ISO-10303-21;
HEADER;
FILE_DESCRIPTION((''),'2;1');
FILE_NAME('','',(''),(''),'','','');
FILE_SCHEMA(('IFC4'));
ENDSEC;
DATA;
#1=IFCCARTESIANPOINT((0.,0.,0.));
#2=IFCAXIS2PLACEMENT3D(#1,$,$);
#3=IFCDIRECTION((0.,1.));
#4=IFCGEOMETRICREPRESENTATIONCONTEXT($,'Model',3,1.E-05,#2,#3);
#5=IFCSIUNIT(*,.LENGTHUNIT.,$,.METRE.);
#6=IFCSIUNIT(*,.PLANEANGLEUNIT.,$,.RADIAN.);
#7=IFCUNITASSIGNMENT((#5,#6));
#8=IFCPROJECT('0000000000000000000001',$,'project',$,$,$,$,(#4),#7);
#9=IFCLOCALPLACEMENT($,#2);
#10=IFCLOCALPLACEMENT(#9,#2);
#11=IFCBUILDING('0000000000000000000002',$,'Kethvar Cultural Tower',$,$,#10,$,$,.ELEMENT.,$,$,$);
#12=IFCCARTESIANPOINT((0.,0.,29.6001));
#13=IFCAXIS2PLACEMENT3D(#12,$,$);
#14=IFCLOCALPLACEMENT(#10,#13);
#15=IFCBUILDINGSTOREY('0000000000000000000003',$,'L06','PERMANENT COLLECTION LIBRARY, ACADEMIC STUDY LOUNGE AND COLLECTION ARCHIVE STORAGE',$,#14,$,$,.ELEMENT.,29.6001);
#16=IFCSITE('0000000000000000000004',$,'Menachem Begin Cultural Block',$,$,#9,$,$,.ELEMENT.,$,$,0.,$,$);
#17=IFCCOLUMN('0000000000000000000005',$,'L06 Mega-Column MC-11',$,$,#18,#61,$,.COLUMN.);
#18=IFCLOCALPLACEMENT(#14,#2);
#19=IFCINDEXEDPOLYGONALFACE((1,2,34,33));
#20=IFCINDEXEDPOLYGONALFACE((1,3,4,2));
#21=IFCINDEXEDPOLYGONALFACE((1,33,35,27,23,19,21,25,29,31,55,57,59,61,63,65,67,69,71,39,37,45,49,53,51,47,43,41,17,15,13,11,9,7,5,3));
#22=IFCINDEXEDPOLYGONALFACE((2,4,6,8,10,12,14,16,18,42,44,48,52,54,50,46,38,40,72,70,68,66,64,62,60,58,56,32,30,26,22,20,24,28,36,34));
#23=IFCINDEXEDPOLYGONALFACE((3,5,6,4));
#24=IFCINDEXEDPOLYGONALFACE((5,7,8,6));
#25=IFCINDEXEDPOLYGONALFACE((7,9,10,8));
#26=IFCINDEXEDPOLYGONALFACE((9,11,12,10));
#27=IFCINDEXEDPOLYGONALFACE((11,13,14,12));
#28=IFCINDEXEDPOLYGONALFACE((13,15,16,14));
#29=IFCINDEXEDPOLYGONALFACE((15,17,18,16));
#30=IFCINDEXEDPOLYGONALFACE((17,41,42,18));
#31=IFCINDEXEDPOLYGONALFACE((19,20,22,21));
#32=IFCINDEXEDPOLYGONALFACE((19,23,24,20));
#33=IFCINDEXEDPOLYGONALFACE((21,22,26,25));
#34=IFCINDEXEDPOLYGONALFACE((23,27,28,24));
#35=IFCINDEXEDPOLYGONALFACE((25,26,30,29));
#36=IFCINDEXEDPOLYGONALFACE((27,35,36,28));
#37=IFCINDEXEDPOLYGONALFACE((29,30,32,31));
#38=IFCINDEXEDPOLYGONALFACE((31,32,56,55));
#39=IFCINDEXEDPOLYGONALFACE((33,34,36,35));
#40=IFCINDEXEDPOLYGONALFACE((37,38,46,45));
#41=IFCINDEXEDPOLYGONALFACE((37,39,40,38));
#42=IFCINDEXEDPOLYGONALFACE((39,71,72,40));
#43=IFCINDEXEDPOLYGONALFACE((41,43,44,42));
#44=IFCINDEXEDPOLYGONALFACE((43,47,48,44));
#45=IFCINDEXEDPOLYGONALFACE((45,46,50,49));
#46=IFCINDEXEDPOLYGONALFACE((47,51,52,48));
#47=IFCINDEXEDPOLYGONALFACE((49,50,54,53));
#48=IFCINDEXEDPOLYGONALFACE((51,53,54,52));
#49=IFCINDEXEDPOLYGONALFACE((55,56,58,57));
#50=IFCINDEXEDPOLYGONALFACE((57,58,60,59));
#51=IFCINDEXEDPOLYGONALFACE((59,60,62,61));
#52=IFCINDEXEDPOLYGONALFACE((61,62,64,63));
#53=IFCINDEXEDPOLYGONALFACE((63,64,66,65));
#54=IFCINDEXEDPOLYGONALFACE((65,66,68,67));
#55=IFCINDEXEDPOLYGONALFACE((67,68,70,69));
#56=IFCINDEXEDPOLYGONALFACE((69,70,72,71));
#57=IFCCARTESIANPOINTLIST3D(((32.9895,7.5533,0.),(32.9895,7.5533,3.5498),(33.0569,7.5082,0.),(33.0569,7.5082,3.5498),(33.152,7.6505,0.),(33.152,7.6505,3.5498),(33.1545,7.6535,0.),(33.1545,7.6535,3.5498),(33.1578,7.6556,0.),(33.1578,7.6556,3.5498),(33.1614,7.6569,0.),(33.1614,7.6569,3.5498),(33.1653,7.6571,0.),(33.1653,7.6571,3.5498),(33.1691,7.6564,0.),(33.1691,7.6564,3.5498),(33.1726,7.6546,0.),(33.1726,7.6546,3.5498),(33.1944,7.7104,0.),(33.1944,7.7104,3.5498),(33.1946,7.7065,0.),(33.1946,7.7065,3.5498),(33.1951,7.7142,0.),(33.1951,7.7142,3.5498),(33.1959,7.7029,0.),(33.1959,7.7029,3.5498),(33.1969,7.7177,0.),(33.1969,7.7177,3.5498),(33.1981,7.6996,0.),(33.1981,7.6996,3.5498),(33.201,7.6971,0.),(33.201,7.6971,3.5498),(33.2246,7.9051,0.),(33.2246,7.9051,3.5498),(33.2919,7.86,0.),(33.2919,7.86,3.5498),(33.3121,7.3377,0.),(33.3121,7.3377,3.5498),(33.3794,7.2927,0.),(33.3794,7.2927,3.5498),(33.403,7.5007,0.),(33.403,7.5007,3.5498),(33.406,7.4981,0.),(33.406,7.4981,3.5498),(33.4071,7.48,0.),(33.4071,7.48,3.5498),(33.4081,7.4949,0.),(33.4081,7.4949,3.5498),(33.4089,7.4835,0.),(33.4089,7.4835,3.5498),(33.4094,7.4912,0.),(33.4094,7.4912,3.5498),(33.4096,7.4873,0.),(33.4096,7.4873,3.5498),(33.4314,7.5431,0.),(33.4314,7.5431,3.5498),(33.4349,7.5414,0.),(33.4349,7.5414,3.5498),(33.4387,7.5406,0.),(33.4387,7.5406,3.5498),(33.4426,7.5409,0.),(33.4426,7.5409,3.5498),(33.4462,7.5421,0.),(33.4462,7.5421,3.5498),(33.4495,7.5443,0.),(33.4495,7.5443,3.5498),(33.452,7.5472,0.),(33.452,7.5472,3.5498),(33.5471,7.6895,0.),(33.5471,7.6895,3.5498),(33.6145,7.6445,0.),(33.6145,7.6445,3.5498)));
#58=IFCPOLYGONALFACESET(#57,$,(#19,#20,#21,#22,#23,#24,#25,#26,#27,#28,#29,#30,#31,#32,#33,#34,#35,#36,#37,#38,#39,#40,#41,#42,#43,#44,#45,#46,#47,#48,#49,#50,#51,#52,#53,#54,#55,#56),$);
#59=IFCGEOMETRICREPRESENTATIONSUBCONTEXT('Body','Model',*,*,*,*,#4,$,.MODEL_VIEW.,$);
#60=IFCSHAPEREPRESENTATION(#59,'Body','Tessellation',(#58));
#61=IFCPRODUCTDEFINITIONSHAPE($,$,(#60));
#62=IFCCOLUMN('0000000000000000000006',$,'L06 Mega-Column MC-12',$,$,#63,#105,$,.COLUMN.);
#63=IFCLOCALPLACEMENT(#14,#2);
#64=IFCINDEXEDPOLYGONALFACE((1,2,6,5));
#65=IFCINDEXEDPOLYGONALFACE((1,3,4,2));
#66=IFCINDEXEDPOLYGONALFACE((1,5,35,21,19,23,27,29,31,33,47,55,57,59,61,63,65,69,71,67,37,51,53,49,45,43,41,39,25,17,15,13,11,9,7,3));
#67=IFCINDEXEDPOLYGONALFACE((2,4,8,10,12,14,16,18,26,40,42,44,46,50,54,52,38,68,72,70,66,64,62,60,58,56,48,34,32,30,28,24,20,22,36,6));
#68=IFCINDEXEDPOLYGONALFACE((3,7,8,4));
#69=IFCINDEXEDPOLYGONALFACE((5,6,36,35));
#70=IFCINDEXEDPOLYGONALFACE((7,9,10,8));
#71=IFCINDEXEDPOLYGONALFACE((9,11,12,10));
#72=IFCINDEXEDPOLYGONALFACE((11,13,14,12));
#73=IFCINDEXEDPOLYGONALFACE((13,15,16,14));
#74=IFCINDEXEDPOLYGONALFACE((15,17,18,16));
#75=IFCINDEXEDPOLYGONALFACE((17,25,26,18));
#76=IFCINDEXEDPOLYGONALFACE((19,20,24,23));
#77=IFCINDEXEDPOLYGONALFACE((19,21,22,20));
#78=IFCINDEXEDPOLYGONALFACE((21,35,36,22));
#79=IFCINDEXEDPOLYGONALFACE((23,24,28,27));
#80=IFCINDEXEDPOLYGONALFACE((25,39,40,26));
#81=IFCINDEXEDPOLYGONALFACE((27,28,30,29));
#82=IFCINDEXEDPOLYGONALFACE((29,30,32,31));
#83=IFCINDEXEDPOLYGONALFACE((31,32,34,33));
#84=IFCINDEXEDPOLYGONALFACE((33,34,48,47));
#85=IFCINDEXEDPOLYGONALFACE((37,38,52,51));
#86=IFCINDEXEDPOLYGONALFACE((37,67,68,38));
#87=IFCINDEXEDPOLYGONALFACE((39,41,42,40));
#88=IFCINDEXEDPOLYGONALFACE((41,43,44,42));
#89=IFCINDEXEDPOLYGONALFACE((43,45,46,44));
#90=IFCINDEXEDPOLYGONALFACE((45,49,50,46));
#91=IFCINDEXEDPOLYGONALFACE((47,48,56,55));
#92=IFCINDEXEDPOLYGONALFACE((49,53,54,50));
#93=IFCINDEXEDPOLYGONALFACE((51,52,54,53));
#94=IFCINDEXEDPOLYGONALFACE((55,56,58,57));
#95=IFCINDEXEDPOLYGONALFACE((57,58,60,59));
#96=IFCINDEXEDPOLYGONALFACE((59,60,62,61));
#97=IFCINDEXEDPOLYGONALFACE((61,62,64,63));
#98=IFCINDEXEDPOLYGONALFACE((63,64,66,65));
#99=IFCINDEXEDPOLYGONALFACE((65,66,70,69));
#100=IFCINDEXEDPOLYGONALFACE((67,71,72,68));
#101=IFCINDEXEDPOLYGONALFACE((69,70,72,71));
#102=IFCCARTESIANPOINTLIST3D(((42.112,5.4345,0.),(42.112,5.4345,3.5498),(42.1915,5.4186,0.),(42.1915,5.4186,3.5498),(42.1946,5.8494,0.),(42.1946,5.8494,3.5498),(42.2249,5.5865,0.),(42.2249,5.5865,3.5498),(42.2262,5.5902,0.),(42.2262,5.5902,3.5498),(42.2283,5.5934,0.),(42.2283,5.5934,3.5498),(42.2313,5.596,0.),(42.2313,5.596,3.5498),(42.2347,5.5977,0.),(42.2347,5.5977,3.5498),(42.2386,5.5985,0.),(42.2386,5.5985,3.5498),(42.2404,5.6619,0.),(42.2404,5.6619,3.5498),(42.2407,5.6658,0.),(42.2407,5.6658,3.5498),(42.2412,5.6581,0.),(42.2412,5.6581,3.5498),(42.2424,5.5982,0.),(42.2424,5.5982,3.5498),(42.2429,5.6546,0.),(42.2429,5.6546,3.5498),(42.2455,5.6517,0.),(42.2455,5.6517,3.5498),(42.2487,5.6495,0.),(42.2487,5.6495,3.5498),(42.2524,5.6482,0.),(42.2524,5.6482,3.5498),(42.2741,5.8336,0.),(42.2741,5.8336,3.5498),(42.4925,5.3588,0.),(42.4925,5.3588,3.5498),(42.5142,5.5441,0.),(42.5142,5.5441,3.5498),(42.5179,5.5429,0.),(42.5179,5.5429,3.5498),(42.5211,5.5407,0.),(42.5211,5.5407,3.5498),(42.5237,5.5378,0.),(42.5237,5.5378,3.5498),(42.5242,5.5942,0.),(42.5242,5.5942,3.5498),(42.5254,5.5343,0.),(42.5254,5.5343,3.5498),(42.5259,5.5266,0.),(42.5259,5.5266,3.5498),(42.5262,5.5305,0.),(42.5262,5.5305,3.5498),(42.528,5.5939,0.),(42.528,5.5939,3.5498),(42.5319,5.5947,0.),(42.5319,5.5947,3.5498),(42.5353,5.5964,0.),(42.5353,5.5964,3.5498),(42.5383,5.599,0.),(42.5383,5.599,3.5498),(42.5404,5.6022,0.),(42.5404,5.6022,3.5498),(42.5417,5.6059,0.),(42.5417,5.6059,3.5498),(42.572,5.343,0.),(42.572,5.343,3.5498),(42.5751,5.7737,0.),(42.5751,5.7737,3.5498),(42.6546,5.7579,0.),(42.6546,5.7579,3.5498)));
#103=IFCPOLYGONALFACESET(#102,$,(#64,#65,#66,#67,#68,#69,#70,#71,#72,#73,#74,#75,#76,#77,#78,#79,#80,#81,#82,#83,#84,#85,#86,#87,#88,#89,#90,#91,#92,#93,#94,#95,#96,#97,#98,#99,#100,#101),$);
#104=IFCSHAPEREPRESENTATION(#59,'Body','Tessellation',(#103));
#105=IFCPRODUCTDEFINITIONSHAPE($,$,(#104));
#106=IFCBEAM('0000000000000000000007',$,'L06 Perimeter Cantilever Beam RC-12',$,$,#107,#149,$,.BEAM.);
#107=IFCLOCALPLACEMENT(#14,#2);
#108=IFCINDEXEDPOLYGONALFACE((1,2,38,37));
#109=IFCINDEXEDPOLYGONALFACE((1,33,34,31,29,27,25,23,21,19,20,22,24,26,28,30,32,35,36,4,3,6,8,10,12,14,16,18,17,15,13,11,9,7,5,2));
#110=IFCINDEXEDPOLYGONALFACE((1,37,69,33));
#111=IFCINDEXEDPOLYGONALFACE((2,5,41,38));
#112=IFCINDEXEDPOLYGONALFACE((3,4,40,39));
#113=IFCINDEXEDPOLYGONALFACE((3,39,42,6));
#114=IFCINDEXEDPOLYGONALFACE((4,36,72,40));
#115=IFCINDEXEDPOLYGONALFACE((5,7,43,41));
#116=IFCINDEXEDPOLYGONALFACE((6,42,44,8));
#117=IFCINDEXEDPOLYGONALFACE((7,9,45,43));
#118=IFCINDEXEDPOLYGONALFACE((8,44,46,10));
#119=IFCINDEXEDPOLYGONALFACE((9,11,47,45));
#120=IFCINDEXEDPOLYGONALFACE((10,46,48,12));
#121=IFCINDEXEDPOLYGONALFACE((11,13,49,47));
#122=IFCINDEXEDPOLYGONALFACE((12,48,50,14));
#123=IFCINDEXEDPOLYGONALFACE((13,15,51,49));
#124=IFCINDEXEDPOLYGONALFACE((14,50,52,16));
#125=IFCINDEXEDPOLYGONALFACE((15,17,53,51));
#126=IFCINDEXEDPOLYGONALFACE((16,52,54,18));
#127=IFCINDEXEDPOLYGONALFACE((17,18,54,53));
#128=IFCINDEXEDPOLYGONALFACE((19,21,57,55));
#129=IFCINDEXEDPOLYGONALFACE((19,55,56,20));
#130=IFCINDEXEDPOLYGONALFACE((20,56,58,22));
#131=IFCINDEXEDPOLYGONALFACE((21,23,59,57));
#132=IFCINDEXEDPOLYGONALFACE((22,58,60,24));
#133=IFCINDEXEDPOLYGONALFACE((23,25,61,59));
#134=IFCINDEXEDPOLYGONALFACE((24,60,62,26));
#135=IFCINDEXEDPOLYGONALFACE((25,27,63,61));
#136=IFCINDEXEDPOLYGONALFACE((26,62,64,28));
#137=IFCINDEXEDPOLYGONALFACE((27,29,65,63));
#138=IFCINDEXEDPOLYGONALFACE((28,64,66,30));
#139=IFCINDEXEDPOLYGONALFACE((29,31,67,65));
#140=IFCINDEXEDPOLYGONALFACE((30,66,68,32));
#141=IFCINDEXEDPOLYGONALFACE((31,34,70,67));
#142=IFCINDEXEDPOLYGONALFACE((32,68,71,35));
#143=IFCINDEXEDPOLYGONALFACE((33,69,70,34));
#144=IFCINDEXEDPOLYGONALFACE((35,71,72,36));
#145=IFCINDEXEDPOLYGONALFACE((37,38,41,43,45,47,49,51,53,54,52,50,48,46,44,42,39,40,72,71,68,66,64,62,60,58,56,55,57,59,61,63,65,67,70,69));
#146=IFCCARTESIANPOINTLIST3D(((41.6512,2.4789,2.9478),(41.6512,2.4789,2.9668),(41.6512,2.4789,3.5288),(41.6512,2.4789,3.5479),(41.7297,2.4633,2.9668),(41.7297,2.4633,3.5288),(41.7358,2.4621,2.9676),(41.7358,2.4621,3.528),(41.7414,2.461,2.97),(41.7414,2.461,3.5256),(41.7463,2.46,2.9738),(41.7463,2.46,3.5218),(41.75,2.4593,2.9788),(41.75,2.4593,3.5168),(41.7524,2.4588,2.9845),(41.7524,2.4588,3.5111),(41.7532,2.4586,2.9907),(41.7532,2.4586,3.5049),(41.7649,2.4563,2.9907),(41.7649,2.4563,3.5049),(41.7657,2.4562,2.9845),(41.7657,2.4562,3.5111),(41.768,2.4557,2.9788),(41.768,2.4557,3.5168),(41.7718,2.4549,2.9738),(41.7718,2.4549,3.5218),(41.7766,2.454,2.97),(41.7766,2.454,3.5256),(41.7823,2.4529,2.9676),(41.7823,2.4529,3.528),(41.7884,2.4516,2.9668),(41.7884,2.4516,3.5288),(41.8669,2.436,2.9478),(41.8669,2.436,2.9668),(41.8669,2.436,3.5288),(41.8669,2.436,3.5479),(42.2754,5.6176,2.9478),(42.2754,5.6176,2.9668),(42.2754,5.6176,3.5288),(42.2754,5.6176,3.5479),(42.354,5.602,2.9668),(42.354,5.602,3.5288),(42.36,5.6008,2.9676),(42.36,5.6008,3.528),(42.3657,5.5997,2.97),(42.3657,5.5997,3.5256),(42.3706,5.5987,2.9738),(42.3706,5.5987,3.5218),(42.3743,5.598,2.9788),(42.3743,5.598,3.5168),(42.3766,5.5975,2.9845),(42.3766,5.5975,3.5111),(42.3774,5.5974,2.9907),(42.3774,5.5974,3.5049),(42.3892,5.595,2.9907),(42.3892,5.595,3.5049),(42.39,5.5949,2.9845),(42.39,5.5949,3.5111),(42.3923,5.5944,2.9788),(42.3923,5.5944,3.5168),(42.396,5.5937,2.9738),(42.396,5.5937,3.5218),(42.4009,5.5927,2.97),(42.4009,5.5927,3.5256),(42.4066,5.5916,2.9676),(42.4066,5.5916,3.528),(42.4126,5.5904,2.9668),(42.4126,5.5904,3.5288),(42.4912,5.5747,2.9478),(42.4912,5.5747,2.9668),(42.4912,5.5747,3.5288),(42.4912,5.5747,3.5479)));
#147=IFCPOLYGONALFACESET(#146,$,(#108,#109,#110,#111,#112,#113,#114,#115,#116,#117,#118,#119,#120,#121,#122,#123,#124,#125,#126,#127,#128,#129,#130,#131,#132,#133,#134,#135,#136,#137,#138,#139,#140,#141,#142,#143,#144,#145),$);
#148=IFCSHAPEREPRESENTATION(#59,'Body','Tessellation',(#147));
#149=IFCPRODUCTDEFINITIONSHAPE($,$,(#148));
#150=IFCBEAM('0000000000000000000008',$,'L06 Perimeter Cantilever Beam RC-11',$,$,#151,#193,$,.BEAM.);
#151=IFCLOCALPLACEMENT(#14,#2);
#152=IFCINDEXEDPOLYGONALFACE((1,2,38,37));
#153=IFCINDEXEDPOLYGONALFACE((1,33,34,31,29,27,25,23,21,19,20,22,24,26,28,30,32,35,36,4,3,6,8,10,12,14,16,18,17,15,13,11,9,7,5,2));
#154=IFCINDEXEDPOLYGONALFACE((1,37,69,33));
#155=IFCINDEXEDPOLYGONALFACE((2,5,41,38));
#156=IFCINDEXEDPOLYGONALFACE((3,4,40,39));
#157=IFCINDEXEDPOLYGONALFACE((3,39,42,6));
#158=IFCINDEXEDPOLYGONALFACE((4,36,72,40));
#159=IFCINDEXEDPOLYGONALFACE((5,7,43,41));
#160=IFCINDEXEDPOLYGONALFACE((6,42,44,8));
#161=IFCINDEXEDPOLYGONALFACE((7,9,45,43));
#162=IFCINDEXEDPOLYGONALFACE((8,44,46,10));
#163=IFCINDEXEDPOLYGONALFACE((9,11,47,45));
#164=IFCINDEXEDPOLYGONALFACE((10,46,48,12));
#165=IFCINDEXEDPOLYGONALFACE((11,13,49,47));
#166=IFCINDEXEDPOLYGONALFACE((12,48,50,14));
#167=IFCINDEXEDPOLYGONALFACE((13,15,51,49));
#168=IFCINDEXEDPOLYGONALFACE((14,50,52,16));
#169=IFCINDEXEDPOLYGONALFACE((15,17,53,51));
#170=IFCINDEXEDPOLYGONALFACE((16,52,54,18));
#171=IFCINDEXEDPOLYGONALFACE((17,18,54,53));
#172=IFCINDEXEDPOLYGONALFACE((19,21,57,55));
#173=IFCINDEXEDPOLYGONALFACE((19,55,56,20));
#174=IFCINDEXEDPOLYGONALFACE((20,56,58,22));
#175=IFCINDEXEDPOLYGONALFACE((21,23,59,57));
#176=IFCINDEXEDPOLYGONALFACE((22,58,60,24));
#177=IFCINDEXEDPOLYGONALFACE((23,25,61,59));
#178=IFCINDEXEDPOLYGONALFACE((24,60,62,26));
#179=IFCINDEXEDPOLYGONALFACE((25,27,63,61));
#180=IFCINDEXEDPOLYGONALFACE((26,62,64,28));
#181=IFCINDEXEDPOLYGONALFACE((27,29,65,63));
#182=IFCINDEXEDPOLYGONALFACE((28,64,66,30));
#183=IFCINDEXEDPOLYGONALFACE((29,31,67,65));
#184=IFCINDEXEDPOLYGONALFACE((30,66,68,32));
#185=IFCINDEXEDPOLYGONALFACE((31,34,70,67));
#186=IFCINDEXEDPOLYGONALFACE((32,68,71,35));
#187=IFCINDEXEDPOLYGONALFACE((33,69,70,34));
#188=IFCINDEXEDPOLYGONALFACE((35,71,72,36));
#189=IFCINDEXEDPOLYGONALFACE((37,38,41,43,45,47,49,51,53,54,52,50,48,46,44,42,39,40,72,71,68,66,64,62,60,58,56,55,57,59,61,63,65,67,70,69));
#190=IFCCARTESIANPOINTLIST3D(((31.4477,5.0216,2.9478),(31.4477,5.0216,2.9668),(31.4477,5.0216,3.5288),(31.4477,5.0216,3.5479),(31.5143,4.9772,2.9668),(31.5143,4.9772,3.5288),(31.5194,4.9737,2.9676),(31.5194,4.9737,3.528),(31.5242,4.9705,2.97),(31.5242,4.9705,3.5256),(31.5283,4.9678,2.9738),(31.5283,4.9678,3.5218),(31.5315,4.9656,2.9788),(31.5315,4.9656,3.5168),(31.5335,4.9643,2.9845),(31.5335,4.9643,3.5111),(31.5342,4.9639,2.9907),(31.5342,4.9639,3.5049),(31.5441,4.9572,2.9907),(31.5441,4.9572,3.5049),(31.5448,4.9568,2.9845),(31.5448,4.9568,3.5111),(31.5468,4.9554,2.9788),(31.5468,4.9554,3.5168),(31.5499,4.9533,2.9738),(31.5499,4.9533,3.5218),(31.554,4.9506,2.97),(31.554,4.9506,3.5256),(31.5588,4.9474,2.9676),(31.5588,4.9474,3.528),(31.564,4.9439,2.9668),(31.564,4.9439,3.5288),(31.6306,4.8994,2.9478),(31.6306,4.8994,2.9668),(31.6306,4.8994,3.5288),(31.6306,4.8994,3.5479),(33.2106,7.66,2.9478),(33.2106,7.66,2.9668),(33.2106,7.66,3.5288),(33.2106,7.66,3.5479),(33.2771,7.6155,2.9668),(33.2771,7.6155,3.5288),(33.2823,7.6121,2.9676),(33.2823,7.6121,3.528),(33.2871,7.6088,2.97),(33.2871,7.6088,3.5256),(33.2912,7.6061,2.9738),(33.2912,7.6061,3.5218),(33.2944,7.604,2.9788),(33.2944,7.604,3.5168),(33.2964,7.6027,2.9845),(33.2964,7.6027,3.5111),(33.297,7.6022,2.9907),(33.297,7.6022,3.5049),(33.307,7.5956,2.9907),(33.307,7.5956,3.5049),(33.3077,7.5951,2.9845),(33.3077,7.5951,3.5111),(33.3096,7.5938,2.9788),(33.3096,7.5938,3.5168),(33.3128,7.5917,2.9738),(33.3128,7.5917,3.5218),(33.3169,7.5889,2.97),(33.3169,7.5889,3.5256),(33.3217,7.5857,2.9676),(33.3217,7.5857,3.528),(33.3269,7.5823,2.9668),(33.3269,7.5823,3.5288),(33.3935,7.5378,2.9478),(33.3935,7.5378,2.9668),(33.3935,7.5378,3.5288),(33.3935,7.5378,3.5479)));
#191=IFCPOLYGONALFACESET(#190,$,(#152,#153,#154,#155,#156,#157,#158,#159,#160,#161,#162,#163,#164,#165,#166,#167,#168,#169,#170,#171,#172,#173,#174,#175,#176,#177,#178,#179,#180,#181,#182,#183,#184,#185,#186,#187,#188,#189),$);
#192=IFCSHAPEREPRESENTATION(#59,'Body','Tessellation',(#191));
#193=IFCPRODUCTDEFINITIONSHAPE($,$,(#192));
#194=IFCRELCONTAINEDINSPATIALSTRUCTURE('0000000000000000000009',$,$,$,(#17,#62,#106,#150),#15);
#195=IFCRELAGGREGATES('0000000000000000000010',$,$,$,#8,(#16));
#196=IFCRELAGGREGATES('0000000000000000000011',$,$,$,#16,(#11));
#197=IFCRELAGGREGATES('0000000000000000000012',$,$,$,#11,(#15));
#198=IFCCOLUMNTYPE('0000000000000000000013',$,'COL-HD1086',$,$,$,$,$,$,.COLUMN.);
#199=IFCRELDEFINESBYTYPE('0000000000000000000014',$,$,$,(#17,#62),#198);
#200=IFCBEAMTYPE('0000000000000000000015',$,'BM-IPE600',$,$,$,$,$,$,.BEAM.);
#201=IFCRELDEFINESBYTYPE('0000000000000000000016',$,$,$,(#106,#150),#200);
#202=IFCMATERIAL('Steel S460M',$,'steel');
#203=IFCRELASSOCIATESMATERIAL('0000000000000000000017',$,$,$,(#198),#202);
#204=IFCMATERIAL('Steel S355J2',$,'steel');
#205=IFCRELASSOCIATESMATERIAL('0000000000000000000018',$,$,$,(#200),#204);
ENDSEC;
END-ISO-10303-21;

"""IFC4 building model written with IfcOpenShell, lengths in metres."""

from ifc_helpers import new_model, si_unit, direction, frame, origin, origin_2d, place, context, subcontext, project, spatial, i_section, extrude, source, transform, mapped, material, material_profile, profile_set, type_object, element, save


model = new_model("IFC4")

# Units and contexts
model_context = context("Model", 3, precision=1e-05, world=origin(), true_north=direction((0.0, 1.0)))
body_context = subcontext(model_context, "Body", "Model", "MODEL_VIEW")
ifc_project = project(units=[si_unit("LENGTHUNIT", "METRE"), si_unit("PLANEANGLEUNIT", "RADIAN")], contexts=[model_context])

# Site, building, storey
site_placement = place(None, origin())
site = spatial("IfcSite", under=ifc_project, at=site_placement, Name="Menachem Begin Cultural Block", CompositionType="ELEMENT", RefElevation=0.0)
building_placement = place(site_placement, origin())
building = spatial("IfcBuilding", under=site, at=building_placement, Name="Kethvar Cultural Tower", CompositionType="ELEMENT")
storey_placement = place(building_placement, frame((0.0, 0.0, 29.6001)))
storey = spatial("IfcBuildingStorey", under=building, at=storey_placement, Name="L06", Description="PERMANENT COLLECTION LIBRARY, ACADEMIC STUDY LOUNGE AND COLLECTION ARCHIVE STORAGE", CompositionType="ELEMENT", Elevation=29.6001)

# Columns
ifc_material_1 = material(Name="Steel S460M", Category="steel")
ifc_material_profile_1 = material_profile(ifc_material_1, i_section(OverallWidth=0.4231, OverallDepth=0.469, WebThickness=0.051, FlangeThickness=0.0811, FilletRadius=0.0149, at=origin_2d()), Name="Steel S460M — HD400x1086")
ifc_profile_set_1 = profile_set([ifc_material_profile_1], Name="Steel S460M — HD400x1086")
column_type = type_object("IfcColumnType", Name="COL-HD1086", PredefinedType="COLUMN", material=ifc_profile_set_1)
shared_shape_1 = source(origin(), body_context, "Body", "SweptSolid", [
    extrude(i_section(OverallWidth=0.4231, OverallDepth=0.469, WebThickness=0.051, FlangeThickness=0.0811, FilletRadius=0.0149, at=origin_2d()), origin(), (0.0, 0.0, 1.0), 3.5498),
])
for number, where, z_axis, x_axis, name in (
    (1, (33.302, 7.5989, 0.0), (0.0, 0.0, 1.0), (-0.55557, -0.83147, 0.0), "L06 Mega-Column MC-11"),
    (2, (42.3833, 5.5962, 0.0), (0.0, 0.0, 1.0), (-0.19509, -0.980785, 0.0), "L06 Mega-Column MC-12"),
):
    element("IfcColumn", number, at=place(storey_placement, frame(where, z_axis=z_axis, x_axis=x_axis)), inside=storey, type_object=column_type, Name=name, PredefinedType="COLUMN", context=body_context, shape_type="MappedRepresentation", body=[
        mapped(shared_shape_1, transform((0.0, 0.0, 0.0), scale=1.0)),
    ])

# Beams
ifc_material_2 = material(Name="Steel S355J2", Category="steel")
ifc_material_profile_2 = material_profile(ifc_material_2, i_section(OverallWidth=0.22, OverallDepth=0.6001, WebThickness=0.012, FlangeThickness=0.019, FilletRadius=0.0239, at=origin_2d()), Name="Steel S355J2 — IPE600")
ifc_profile_set_2 = profile_set([ifc_material_profile_2], Name="Steel S355J2 — IPE600")
beam_type_1 = type_object("IfcBeamType", Name="BM-IPE600", PredefinedType="BEAM", material=ifc_profile_set_2)
shared_shape_2 = source(origin(), body_context, "Body", "SweptSolid", [
    extrude(i_section(OverallWidth=0.22, OverallDepth=0.6001, WebThickness=0.012, FlangeThickness=0.019, FilletRadius=0.0239, at=origin_2d()), origin(), (0.0, 0.0, 1.0), 3.2002),
])
beam_1_placement = place(storey_placement, frame((42.3833, 5.5962, 3.2478), z_axis=(-0.195074, -0.980788, 0.0), x_axis=(0.980788, -0.195074, 0.0)))
element("IfcBeam", 3, at=beam_1_placement, inside=storey, type_object=beam_type_1, Name="L06 Perimeter Cantilever Beam RC-12", PredefinedType="BEAM", context=body_context, shape_type="MappedRepresentation", body=[
    mapped(shared_shape_2, transform((0.0, 0.0, 0.0), scale=1.0)),
])
shared_shape_3 = source(origin(), body_context, "Body", "SweptSolid", [
    extrude(i_section(OverallWidth=0.22, OverallDepth=0.6001, WebThickness=0.012, FlangeThickness=0.019, FilletRadius=0.0239, at=origin_2d()), origin(), (0.0, 0.0, 1.0), 3.1731),
])
beam_2_placement = place(storey_placement, frame((33.302, 7.5989, 3.2478), z_axis=(-0.55557, -0.83147, 0.0), x_axis=(0.83147, -0.55557, 0.0)))
element("IfcBeam", 4, at=beam_2_placement, inside=storey, type_object=beam_type_1, Name="L06 Perimeter Cantilever Beam RC-11", PredefinedType="BEAM", context=body_context, shape_type="MappedRepresentation", body=[
    mapped(shared_shape_3, transform((0.0, 0.0, 0.0), scale=1.0)),
])

save(model, "model.ifc")
